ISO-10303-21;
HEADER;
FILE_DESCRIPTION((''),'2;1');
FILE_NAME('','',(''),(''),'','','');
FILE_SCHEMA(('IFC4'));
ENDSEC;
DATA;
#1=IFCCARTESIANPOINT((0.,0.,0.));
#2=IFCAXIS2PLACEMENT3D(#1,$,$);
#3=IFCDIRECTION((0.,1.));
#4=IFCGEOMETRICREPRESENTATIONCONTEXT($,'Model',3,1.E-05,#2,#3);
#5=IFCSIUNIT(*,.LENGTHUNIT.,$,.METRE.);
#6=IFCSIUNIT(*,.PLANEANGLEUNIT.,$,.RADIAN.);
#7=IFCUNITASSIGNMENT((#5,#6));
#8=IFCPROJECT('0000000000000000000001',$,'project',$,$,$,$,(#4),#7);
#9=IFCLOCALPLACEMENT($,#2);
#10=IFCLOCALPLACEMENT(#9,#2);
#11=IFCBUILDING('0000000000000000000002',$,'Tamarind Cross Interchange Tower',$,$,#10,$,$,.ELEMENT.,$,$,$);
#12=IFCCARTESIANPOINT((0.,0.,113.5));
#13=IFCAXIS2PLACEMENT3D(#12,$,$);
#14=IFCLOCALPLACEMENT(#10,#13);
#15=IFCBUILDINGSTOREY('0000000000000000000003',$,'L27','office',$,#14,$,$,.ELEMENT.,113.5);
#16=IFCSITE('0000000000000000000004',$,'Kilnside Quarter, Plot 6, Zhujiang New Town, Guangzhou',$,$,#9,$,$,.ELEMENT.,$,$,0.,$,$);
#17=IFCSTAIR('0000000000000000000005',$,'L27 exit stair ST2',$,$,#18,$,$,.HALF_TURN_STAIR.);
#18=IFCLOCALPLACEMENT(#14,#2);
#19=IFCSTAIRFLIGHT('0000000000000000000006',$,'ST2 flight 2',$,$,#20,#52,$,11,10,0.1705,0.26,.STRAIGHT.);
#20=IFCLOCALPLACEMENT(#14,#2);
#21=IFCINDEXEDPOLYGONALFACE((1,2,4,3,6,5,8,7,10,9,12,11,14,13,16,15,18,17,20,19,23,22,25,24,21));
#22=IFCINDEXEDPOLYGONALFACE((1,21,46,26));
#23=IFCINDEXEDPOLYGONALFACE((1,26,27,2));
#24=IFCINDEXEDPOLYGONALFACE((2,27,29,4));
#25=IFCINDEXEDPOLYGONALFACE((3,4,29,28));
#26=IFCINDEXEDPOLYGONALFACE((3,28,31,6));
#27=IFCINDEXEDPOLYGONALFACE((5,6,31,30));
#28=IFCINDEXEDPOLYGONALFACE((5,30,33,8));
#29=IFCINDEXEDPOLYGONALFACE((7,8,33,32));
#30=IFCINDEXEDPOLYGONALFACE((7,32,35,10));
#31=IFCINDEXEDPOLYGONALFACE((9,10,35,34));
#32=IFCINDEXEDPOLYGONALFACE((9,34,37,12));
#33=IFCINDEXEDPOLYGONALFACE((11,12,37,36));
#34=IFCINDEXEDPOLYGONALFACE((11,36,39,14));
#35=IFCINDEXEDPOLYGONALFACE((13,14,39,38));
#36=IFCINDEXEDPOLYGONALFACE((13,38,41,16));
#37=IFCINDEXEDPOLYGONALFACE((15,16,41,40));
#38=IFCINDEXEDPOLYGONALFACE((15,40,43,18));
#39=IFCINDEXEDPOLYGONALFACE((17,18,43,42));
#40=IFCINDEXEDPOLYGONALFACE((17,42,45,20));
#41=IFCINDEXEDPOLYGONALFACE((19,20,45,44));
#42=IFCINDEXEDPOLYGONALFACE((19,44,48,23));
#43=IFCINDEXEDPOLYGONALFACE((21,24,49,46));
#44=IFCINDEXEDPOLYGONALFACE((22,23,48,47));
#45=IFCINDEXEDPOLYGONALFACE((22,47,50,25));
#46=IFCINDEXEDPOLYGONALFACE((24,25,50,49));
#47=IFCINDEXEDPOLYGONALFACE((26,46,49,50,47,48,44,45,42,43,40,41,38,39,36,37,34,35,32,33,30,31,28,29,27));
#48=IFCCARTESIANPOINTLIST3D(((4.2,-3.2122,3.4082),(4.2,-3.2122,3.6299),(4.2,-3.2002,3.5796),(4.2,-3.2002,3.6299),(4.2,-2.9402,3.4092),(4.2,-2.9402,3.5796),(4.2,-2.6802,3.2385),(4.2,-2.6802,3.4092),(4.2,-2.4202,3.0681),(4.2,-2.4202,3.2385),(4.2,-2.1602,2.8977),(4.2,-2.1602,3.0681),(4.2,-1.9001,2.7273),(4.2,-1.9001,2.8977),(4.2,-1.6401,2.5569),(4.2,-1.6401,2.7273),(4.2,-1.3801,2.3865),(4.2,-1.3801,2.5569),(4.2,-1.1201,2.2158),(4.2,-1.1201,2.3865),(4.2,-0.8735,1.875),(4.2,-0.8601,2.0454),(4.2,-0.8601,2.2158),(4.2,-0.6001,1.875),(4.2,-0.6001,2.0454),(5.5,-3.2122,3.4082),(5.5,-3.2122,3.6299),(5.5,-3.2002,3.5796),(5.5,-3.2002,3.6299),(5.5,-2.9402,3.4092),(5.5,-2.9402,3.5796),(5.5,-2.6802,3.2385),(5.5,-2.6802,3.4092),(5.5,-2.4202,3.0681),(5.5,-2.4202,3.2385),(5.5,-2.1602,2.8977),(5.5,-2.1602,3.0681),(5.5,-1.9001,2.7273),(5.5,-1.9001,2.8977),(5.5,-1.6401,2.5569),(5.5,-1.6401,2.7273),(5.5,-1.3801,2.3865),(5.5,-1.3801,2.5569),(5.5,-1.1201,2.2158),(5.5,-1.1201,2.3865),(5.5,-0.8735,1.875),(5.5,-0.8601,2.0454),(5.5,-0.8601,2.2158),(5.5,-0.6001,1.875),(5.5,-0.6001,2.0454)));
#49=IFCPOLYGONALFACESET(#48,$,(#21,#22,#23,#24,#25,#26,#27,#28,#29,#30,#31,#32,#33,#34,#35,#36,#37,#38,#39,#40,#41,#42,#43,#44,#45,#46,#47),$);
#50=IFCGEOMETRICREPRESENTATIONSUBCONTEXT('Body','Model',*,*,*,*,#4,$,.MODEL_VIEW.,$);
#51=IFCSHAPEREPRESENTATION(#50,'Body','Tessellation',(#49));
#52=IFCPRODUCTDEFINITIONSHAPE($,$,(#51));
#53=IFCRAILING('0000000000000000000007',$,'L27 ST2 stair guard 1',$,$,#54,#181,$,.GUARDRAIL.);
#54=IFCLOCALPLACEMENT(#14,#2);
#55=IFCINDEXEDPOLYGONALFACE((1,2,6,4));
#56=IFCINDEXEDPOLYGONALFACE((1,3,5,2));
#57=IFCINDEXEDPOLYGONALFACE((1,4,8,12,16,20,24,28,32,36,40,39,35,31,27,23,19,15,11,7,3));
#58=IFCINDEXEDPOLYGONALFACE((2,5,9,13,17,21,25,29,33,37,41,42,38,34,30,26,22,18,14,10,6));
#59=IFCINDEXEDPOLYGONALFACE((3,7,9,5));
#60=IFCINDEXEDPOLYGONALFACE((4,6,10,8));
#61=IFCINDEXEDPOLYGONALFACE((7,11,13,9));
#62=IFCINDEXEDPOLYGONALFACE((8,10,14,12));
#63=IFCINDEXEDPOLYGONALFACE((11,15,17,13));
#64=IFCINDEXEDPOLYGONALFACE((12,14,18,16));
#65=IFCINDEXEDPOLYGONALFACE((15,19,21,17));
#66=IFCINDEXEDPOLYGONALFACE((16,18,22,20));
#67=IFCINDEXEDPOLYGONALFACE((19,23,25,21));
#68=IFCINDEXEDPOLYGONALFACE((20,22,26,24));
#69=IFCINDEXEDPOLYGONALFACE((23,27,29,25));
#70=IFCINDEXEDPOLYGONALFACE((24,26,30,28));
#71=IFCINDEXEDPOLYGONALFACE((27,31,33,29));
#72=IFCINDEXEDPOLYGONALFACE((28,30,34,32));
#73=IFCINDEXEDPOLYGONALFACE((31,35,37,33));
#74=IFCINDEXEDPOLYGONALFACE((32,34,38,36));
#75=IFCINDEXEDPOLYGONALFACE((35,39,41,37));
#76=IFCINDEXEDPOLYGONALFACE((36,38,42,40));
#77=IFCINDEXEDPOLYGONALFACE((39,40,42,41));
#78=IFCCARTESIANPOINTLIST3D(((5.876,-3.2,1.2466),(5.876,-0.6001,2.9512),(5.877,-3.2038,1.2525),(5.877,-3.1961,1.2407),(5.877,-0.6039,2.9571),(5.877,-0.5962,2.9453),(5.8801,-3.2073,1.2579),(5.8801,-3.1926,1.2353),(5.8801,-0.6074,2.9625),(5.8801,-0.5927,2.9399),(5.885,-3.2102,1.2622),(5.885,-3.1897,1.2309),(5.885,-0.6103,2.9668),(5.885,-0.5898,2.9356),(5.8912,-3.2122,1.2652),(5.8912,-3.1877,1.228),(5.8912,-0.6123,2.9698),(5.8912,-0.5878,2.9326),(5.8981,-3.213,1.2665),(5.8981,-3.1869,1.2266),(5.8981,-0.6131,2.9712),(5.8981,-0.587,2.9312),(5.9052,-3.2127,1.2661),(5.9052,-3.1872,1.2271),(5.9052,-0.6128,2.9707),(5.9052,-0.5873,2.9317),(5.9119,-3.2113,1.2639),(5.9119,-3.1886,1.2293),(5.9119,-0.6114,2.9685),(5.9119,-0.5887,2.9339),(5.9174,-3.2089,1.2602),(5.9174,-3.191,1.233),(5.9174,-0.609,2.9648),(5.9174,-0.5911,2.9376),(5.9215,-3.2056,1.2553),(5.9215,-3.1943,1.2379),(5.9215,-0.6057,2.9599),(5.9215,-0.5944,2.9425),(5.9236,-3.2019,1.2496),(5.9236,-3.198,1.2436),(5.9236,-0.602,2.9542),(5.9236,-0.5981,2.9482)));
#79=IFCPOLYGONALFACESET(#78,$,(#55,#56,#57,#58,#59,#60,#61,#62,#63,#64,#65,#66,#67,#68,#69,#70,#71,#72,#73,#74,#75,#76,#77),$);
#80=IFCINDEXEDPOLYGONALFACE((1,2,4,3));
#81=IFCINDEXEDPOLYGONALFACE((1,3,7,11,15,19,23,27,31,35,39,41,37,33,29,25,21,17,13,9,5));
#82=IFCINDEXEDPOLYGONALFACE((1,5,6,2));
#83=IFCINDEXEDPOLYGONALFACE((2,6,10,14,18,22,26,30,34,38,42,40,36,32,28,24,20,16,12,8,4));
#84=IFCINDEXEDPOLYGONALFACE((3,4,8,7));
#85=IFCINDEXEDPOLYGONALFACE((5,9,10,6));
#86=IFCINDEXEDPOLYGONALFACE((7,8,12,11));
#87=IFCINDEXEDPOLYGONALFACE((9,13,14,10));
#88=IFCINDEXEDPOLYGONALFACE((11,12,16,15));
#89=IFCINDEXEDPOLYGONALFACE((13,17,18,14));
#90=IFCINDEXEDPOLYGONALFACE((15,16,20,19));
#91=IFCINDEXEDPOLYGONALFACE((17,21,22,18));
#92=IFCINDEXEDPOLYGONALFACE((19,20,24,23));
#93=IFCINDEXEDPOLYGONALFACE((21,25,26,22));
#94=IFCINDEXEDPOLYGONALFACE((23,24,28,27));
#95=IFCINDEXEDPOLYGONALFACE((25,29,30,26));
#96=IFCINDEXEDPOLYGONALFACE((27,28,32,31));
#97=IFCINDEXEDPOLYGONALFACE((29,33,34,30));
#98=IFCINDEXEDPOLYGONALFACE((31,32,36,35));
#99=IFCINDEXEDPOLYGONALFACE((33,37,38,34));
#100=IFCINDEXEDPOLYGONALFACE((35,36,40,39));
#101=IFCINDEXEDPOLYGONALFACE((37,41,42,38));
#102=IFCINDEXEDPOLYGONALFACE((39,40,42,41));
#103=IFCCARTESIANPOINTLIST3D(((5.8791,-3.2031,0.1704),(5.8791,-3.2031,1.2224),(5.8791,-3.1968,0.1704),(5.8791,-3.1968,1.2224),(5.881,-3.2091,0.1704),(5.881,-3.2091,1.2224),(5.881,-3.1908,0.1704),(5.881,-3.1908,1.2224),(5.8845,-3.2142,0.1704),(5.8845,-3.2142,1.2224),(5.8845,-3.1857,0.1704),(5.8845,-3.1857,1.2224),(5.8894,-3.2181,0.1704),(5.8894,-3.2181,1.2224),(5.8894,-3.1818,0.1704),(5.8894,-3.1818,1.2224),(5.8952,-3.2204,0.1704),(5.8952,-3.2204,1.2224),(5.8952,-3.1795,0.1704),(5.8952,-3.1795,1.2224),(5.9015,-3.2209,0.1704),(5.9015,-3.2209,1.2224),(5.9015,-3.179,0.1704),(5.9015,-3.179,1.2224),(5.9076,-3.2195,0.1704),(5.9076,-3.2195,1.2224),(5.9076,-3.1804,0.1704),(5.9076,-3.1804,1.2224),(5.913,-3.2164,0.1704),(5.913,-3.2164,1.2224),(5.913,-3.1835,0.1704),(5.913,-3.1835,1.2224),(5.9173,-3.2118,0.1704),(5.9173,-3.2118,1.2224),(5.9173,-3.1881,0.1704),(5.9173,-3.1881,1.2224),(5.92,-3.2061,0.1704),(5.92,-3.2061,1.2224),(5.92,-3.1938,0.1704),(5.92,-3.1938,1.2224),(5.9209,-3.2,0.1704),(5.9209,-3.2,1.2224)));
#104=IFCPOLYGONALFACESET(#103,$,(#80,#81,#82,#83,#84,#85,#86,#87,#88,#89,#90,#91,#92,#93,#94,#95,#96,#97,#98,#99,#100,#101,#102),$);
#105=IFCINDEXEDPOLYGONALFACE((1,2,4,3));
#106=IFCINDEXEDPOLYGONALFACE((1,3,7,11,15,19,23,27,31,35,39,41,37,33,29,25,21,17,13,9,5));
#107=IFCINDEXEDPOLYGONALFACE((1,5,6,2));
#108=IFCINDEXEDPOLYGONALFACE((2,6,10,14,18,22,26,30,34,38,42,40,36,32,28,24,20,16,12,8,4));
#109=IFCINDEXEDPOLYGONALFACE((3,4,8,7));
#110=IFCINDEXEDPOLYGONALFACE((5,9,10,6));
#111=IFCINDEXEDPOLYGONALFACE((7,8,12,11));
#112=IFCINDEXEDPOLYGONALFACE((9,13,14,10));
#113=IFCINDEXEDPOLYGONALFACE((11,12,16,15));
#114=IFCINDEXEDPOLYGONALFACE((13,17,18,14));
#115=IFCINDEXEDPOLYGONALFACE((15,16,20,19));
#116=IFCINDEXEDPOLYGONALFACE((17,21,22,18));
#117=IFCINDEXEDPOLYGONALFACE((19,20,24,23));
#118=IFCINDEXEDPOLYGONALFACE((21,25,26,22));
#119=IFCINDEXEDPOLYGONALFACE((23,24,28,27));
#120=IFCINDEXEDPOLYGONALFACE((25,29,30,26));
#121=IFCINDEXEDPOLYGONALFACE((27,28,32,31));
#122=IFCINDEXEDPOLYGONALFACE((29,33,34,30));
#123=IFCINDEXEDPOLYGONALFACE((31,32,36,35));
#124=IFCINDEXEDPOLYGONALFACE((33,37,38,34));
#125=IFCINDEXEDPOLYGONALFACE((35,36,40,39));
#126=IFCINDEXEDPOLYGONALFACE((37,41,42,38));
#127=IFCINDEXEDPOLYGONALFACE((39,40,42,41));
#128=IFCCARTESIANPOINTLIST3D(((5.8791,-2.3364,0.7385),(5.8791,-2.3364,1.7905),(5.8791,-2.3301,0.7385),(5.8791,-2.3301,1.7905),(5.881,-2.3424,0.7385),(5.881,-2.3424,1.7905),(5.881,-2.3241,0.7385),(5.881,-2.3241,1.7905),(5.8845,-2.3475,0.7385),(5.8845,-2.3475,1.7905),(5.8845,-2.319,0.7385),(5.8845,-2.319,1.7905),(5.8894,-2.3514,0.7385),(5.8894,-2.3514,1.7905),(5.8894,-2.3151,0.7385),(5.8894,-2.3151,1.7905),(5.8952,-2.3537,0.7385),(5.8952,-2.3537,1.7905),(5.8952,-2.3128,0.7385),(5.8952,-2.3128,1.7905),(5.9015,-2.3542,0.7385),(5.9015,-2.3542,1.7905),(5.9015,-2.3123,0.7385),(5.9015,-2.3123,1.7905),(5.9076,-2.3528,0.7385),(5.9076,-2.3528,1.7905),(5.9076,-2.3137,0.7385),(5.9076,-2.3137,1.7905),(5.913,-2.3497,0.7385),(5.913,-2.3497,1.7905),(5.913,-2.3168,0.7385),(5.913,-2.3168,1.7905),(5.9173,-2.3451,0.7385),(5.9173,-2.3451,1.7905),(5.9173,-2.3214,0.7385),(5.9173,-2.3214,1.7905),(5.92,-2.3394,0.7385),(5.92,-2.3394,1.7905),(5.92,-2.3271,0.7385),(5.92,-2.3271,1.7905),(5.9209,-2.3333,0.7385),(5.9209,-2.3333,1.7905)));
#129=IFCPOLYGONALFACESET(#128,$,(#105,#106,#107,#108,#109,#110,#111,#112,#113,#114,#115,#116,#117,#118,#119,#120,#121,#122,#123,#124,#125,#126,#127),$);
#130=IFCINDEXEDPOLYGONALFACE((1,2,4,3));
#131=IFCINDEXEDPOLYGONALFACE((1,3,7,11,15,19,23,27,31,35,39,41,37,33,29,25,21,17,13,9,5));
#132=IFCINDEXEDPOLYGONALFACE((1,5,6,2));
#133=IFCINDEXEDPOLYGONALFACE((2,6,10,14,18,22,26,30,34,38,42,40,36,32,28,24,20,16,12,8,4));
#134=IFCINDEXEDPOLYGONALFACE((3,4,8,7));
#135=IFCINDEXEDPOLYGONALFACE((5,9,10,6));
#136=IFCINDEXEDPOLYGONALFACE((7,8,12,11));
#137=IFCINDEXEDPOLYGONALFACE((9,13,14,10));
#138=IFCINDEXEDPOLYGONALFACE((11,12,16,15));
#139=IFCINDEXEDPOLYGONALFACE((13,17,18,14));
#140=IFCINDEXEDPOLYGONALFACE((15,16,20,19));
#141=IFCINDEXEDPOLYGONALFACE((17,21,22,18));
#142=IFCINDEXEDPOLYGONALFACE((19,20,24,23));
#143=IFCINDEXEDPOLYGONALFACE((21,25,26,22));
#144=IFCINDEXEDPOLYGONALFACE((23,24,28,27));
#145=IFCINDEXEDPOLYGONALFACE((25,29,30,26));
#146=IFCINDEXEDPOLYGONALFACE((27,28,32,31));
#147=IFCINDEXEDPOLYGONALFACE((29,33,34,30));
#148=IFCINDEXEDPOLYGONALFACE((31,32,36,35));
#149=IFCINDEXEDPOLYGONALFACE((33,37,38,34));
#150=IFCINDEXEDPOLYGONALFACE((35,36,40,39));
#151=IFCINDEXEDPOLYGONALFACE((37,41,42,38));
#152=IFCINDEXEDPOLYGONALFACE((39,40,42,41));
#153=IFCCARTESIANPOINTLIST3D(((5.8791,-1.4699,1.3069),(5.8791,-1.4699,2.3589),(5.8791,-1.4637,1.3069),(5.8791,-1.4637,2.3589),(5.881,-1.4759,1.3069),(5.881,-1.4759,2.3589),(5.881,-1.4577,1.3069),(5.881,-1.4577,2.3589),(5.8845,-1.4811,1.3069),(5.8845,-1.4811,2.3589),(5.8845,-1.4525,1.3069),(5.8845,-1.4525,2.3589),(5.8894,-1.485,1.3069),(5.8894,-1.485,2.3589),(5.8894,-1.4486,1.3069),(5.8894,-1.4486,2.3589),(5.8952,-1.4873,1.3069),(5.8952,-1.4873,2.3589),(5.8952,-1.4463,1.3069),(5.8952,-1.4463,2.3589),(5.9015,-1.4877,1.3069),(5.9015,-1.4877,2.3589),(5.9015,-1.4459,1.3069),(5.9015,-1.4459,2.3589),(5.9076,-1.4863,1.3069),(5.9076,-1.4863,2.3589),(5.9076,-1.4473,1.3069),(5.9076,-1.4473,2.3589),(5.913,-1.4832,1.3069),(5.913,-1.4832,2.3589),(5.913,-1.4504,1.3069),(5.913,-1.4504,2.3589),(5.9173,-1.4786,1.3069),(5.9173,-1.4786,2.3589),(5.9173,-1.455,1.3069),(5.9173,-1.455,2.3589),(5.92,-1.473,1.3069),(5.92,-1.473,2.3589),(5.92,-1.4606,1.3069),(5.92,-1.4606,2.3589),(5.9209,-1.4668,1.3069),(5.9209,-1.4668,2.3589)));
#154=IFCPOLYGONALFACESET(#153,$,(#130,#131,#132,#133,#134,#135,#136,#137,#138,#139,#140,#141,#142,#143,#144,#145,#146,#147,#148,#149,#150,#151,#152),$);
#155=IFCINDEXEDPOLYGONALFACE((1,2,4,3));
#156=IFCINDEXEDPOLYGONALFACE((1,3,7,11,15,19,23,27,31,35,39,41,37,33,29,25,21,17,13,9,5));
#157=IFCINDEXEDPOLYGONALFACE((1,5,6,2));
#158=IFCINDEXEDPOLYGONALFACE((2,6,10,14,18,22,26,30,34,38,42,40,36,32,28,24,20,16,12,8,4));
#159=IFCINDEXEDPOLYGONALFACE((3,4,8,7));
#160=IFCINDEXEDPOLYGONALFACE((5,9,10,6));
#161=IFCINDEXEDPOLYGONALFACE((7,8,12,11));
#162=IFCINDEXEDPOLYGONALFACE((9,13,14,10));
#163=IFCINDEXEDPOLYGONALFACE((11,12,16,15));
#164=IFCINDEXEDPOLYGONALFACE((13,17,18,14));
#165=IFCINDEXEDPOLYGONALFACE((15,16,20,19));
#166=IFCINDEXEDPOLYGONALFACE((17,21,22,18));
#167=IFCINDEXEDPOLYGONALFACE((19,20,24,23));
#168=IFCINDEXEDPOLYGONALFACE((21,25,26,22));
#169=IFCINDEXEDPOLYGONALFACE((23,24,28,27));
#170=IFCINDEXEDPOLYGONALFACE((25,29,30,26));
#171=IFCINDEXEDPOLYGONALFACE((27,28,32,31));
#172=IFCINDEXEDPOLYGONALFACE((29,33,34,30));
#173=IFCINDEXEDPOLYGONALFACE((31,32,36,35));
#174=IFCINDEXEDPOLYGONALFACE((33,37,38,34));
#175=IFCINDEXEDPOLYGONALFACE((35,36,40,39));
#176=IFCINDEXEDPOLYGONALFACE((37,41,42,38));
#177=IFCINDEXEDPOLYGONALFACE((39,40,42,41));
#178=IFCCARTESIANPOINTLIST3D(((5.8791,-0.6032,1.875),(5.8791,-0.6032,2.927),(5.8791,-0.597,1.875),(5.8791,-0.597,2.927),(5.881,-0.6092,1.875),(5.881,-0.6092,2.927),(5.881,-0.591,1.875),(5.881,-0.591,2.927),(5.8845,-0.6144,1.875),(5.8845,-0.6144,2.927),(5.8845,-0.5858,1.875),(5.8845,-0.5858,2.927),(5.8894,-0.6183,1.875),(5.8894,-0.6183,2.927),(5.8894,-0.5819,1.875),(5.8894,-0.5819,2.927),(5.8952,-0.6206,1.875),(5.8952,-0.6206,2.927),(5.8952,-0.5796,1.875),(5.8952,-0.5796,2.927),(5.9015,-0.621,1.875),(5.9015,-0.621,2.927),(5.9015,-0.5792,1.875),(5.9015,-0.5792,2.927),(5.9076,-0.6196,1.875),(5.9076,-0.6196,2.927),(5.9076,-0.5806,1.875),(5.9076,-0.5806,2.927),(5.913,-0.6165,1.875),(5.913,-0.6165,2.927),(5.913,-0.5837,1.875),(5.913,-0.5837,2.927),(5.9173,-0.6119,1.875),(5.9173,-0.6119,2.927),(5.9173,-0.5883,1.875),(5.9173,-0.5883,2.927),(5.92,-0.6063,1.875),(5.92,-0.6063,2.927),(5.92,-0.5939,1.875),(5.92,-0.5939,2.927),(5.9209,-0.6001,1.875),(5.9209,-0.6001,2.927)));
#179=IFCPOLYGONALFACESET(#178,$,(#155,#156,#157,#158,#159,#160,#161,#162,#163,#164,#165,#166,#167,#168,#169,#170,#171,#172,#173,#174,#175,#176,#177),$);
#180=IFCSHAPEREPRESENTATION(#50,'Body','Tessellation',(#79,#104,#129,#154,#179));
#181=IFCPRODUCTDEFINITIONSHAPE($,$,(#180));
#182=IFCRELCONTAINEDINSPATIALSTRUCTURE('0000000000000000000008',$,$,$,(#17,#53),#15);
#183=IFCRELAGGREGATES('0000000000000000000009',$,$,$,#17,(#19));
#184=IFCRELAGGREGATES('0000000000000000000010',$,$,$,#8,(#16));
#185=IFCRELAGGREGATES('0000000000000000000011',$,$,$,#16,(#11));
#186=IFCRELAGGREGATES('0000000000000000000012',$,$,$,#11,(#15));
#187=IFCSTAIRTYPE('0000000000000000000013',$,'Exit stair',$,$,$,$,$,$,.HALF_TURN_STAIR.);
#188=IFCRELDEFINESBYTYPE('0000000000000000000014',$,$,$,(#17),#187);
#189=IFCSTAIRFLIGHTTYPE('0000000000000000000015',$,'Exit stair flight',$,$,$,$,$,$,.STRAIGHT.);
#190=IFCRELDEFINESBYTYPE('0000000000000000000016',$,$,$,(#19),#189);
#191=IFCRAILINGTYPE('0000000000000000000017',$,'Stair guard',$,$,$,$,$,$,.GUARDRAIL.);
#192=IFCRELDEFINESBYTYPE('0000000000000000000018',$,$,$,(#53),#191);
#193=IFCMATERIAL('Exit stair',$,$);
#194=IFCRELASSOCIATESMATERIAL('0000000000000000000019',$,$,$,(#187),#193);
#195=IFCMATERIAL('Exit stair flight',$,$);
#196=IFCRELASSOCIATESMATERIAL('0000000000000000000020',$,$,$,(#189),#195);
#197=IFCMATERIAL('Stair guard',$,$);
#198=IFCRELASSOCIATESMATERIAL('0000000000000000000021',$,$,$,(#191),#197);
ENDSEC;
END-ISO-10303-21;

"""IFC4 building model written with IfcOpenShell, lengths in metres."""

from ifc_helpers import new_model, si_unit, direction, frame, origin, origin_2d, place, context, subcontext, project, spatial, polyline, circle, outline, extrude, material, type_object, element, aggregate, save


model = new_model("IFC4")

# Units and contexts
model_context = context("Model", 3, precision=1e-05, world=origin(), true_north=direction((0.0, 1.0)))
body_context = subcontext(model_context, "Body", "Model", "MODEL_VIEW")
ifc_project = project(units=[si_unit("LENGTHUNIT", "METRE"), si_unit("PLANEANGLEUNIT", "RADIAN")], contexts=[model_context])

# Site, building, storey
site_placement = place(None, origin())
site = spatial("IfcSite", under=ifc_project, at=site_placement, Name="Kilnside Quarter, Plot 6, Zhujiang New Town, Guangzhou", CompositionType="ELEMENT", RefElevation=0.0)
building_placement = place(site_placement, origin())
building = spatial("IfcBuilding", under=site, at=building_placement, Name="Tamarind Cross Interchange Tower", CompositionType="ELEMENT")
storey_placement = place(building_placement, frame((0.0, 0.0, 113.5)))
storey = spatial("IfcBuildingStorey", under=building, at=storey_placement, Name="L27", Description="office", CompositionType="ELEMENT", Elevation=113.5)

# Stair, stair flight
ifc_material_1 = material(Name="Exit stair")
stair_type = type_object("IfcStairType", Name="Exit stair", PredefinedType="HALF_TURN_STAIR", material=ifc_material_1)
stair_placement = place(storey_placement, origin())
stair = element("IfcStair", 1, at=stair_placement, inside=storey, type_object=stair_type, Name="L27 exit stair ST2", PredefinedType="HALF_TURN_STAIR")
ifc_material_2 = material(Name="Exit stair flight")
stair_flight_type = type_object("IfcStairFlightType", Name="Exit stair flight", PredefinedType="STRAIGHT", material=ifc_material_2)
stair_flight_1_placement = place(storey_placement, frame((4.8501, -0.6001, 1.875), z_axis=(0.0, 0.0, 1.0), x_axis=(0.0, -1.0, 0.0)))
stair_flight_1 = element("IfcStairFlight", 2, at=stair_flight_1_placement, type_object=stair_flight_type, Name="ST2 flight 2", NumberOfRisers=11, NumberOfTreads=10, PredefinedType="STRAIGHT", RiserHeight=0.1705, TreadLength=0.26, context=body_context, shape_type="SweptSolid", body=[
    extrude(outline(polyline([(0.0, 0.0), (0.0, 0.1704), (0.26, 0.1704), (0.26, 0.3408), (0.52, 0.3408), (0.52, 0.5115), (0.78, 0.5115), (0.78, 0.6819), (1.04, 0.6819), (1.04, 0.8523), (1.3, 0.8523), (1.3, 1.0227), (1.5601, 1.0227), (1.5601, 1.1931), (1.8201, 1.1931), (1.8201, 1.3635), (2.0801, 1.3635), (2.0801, 1.5342), (2.3401, 1.5342), (2.3401, 1.7046), (2.6001, 1.7046), (2.6001, 1.7549), (2.6121, 1.7549), (2.6121, 1.5332), (0.2734, 0.0), (0.0, 0.0)])), frame((0.0, 0.6499, 0.0), z_axis=(0.0, -1.0, 0.0), x_axis=(1.0, 0.0, 0.0)), (0.0, 0.0, 1.0), 1.3),
])
aggregate(stair, [stair_flight_1])

# Railing
ifc_material_3 = material(Name="Stair guard")
railing_type_1 = type_object("IfcRailingType", Name="Stair guard", PredefinedType="GUARDRAIL", material=ifc_material_3)
railing_1_placement = place(storey_placement, frame((5.8999, -3.2, 0.1704)))
element("IfcRailing", 3, at=railing_1_placement, inside=storey, type_object=railing_type_1, Name="L27 ST2 stair guard 1", PredefinedType="GUARDRAIL", context=body_context, shape_type="SweptSolid", body=[
    extrude(circle(Radius=0.0239, at=origin_2d()), frame((0.0, 0.0, 1.0762), z_axis=(0.0, 0.836279, 0.548305), x_axis=(-1.0, 0.0, 0.0)), (0.0, 0.0, 1.0), 3.1089),
    extrude(circle(Radius=0.021, at=origin_2d()), origin(), (0.0, 0.0, 1.0), 1.052),
    extrude(circle(Radius=0.021, at=origin_2d()), frame((0.0, 0.8667, 0.5681)), (0.0, 0.0, 1.0), 1.052),
    extrude(circle(Radius=0.021, at=origin_2d()), frame((0.0, 1.7332, 1.1365)), (0.0, 0.0, 1.0), 1.052),
    extrude(circle(Radius=0.021, at=origin_2d()), frame((0.0, 2.5999, 1.7046)), (0.0, 0.0, 1.0), 1.052),
])

save(model, "model.ifc")
